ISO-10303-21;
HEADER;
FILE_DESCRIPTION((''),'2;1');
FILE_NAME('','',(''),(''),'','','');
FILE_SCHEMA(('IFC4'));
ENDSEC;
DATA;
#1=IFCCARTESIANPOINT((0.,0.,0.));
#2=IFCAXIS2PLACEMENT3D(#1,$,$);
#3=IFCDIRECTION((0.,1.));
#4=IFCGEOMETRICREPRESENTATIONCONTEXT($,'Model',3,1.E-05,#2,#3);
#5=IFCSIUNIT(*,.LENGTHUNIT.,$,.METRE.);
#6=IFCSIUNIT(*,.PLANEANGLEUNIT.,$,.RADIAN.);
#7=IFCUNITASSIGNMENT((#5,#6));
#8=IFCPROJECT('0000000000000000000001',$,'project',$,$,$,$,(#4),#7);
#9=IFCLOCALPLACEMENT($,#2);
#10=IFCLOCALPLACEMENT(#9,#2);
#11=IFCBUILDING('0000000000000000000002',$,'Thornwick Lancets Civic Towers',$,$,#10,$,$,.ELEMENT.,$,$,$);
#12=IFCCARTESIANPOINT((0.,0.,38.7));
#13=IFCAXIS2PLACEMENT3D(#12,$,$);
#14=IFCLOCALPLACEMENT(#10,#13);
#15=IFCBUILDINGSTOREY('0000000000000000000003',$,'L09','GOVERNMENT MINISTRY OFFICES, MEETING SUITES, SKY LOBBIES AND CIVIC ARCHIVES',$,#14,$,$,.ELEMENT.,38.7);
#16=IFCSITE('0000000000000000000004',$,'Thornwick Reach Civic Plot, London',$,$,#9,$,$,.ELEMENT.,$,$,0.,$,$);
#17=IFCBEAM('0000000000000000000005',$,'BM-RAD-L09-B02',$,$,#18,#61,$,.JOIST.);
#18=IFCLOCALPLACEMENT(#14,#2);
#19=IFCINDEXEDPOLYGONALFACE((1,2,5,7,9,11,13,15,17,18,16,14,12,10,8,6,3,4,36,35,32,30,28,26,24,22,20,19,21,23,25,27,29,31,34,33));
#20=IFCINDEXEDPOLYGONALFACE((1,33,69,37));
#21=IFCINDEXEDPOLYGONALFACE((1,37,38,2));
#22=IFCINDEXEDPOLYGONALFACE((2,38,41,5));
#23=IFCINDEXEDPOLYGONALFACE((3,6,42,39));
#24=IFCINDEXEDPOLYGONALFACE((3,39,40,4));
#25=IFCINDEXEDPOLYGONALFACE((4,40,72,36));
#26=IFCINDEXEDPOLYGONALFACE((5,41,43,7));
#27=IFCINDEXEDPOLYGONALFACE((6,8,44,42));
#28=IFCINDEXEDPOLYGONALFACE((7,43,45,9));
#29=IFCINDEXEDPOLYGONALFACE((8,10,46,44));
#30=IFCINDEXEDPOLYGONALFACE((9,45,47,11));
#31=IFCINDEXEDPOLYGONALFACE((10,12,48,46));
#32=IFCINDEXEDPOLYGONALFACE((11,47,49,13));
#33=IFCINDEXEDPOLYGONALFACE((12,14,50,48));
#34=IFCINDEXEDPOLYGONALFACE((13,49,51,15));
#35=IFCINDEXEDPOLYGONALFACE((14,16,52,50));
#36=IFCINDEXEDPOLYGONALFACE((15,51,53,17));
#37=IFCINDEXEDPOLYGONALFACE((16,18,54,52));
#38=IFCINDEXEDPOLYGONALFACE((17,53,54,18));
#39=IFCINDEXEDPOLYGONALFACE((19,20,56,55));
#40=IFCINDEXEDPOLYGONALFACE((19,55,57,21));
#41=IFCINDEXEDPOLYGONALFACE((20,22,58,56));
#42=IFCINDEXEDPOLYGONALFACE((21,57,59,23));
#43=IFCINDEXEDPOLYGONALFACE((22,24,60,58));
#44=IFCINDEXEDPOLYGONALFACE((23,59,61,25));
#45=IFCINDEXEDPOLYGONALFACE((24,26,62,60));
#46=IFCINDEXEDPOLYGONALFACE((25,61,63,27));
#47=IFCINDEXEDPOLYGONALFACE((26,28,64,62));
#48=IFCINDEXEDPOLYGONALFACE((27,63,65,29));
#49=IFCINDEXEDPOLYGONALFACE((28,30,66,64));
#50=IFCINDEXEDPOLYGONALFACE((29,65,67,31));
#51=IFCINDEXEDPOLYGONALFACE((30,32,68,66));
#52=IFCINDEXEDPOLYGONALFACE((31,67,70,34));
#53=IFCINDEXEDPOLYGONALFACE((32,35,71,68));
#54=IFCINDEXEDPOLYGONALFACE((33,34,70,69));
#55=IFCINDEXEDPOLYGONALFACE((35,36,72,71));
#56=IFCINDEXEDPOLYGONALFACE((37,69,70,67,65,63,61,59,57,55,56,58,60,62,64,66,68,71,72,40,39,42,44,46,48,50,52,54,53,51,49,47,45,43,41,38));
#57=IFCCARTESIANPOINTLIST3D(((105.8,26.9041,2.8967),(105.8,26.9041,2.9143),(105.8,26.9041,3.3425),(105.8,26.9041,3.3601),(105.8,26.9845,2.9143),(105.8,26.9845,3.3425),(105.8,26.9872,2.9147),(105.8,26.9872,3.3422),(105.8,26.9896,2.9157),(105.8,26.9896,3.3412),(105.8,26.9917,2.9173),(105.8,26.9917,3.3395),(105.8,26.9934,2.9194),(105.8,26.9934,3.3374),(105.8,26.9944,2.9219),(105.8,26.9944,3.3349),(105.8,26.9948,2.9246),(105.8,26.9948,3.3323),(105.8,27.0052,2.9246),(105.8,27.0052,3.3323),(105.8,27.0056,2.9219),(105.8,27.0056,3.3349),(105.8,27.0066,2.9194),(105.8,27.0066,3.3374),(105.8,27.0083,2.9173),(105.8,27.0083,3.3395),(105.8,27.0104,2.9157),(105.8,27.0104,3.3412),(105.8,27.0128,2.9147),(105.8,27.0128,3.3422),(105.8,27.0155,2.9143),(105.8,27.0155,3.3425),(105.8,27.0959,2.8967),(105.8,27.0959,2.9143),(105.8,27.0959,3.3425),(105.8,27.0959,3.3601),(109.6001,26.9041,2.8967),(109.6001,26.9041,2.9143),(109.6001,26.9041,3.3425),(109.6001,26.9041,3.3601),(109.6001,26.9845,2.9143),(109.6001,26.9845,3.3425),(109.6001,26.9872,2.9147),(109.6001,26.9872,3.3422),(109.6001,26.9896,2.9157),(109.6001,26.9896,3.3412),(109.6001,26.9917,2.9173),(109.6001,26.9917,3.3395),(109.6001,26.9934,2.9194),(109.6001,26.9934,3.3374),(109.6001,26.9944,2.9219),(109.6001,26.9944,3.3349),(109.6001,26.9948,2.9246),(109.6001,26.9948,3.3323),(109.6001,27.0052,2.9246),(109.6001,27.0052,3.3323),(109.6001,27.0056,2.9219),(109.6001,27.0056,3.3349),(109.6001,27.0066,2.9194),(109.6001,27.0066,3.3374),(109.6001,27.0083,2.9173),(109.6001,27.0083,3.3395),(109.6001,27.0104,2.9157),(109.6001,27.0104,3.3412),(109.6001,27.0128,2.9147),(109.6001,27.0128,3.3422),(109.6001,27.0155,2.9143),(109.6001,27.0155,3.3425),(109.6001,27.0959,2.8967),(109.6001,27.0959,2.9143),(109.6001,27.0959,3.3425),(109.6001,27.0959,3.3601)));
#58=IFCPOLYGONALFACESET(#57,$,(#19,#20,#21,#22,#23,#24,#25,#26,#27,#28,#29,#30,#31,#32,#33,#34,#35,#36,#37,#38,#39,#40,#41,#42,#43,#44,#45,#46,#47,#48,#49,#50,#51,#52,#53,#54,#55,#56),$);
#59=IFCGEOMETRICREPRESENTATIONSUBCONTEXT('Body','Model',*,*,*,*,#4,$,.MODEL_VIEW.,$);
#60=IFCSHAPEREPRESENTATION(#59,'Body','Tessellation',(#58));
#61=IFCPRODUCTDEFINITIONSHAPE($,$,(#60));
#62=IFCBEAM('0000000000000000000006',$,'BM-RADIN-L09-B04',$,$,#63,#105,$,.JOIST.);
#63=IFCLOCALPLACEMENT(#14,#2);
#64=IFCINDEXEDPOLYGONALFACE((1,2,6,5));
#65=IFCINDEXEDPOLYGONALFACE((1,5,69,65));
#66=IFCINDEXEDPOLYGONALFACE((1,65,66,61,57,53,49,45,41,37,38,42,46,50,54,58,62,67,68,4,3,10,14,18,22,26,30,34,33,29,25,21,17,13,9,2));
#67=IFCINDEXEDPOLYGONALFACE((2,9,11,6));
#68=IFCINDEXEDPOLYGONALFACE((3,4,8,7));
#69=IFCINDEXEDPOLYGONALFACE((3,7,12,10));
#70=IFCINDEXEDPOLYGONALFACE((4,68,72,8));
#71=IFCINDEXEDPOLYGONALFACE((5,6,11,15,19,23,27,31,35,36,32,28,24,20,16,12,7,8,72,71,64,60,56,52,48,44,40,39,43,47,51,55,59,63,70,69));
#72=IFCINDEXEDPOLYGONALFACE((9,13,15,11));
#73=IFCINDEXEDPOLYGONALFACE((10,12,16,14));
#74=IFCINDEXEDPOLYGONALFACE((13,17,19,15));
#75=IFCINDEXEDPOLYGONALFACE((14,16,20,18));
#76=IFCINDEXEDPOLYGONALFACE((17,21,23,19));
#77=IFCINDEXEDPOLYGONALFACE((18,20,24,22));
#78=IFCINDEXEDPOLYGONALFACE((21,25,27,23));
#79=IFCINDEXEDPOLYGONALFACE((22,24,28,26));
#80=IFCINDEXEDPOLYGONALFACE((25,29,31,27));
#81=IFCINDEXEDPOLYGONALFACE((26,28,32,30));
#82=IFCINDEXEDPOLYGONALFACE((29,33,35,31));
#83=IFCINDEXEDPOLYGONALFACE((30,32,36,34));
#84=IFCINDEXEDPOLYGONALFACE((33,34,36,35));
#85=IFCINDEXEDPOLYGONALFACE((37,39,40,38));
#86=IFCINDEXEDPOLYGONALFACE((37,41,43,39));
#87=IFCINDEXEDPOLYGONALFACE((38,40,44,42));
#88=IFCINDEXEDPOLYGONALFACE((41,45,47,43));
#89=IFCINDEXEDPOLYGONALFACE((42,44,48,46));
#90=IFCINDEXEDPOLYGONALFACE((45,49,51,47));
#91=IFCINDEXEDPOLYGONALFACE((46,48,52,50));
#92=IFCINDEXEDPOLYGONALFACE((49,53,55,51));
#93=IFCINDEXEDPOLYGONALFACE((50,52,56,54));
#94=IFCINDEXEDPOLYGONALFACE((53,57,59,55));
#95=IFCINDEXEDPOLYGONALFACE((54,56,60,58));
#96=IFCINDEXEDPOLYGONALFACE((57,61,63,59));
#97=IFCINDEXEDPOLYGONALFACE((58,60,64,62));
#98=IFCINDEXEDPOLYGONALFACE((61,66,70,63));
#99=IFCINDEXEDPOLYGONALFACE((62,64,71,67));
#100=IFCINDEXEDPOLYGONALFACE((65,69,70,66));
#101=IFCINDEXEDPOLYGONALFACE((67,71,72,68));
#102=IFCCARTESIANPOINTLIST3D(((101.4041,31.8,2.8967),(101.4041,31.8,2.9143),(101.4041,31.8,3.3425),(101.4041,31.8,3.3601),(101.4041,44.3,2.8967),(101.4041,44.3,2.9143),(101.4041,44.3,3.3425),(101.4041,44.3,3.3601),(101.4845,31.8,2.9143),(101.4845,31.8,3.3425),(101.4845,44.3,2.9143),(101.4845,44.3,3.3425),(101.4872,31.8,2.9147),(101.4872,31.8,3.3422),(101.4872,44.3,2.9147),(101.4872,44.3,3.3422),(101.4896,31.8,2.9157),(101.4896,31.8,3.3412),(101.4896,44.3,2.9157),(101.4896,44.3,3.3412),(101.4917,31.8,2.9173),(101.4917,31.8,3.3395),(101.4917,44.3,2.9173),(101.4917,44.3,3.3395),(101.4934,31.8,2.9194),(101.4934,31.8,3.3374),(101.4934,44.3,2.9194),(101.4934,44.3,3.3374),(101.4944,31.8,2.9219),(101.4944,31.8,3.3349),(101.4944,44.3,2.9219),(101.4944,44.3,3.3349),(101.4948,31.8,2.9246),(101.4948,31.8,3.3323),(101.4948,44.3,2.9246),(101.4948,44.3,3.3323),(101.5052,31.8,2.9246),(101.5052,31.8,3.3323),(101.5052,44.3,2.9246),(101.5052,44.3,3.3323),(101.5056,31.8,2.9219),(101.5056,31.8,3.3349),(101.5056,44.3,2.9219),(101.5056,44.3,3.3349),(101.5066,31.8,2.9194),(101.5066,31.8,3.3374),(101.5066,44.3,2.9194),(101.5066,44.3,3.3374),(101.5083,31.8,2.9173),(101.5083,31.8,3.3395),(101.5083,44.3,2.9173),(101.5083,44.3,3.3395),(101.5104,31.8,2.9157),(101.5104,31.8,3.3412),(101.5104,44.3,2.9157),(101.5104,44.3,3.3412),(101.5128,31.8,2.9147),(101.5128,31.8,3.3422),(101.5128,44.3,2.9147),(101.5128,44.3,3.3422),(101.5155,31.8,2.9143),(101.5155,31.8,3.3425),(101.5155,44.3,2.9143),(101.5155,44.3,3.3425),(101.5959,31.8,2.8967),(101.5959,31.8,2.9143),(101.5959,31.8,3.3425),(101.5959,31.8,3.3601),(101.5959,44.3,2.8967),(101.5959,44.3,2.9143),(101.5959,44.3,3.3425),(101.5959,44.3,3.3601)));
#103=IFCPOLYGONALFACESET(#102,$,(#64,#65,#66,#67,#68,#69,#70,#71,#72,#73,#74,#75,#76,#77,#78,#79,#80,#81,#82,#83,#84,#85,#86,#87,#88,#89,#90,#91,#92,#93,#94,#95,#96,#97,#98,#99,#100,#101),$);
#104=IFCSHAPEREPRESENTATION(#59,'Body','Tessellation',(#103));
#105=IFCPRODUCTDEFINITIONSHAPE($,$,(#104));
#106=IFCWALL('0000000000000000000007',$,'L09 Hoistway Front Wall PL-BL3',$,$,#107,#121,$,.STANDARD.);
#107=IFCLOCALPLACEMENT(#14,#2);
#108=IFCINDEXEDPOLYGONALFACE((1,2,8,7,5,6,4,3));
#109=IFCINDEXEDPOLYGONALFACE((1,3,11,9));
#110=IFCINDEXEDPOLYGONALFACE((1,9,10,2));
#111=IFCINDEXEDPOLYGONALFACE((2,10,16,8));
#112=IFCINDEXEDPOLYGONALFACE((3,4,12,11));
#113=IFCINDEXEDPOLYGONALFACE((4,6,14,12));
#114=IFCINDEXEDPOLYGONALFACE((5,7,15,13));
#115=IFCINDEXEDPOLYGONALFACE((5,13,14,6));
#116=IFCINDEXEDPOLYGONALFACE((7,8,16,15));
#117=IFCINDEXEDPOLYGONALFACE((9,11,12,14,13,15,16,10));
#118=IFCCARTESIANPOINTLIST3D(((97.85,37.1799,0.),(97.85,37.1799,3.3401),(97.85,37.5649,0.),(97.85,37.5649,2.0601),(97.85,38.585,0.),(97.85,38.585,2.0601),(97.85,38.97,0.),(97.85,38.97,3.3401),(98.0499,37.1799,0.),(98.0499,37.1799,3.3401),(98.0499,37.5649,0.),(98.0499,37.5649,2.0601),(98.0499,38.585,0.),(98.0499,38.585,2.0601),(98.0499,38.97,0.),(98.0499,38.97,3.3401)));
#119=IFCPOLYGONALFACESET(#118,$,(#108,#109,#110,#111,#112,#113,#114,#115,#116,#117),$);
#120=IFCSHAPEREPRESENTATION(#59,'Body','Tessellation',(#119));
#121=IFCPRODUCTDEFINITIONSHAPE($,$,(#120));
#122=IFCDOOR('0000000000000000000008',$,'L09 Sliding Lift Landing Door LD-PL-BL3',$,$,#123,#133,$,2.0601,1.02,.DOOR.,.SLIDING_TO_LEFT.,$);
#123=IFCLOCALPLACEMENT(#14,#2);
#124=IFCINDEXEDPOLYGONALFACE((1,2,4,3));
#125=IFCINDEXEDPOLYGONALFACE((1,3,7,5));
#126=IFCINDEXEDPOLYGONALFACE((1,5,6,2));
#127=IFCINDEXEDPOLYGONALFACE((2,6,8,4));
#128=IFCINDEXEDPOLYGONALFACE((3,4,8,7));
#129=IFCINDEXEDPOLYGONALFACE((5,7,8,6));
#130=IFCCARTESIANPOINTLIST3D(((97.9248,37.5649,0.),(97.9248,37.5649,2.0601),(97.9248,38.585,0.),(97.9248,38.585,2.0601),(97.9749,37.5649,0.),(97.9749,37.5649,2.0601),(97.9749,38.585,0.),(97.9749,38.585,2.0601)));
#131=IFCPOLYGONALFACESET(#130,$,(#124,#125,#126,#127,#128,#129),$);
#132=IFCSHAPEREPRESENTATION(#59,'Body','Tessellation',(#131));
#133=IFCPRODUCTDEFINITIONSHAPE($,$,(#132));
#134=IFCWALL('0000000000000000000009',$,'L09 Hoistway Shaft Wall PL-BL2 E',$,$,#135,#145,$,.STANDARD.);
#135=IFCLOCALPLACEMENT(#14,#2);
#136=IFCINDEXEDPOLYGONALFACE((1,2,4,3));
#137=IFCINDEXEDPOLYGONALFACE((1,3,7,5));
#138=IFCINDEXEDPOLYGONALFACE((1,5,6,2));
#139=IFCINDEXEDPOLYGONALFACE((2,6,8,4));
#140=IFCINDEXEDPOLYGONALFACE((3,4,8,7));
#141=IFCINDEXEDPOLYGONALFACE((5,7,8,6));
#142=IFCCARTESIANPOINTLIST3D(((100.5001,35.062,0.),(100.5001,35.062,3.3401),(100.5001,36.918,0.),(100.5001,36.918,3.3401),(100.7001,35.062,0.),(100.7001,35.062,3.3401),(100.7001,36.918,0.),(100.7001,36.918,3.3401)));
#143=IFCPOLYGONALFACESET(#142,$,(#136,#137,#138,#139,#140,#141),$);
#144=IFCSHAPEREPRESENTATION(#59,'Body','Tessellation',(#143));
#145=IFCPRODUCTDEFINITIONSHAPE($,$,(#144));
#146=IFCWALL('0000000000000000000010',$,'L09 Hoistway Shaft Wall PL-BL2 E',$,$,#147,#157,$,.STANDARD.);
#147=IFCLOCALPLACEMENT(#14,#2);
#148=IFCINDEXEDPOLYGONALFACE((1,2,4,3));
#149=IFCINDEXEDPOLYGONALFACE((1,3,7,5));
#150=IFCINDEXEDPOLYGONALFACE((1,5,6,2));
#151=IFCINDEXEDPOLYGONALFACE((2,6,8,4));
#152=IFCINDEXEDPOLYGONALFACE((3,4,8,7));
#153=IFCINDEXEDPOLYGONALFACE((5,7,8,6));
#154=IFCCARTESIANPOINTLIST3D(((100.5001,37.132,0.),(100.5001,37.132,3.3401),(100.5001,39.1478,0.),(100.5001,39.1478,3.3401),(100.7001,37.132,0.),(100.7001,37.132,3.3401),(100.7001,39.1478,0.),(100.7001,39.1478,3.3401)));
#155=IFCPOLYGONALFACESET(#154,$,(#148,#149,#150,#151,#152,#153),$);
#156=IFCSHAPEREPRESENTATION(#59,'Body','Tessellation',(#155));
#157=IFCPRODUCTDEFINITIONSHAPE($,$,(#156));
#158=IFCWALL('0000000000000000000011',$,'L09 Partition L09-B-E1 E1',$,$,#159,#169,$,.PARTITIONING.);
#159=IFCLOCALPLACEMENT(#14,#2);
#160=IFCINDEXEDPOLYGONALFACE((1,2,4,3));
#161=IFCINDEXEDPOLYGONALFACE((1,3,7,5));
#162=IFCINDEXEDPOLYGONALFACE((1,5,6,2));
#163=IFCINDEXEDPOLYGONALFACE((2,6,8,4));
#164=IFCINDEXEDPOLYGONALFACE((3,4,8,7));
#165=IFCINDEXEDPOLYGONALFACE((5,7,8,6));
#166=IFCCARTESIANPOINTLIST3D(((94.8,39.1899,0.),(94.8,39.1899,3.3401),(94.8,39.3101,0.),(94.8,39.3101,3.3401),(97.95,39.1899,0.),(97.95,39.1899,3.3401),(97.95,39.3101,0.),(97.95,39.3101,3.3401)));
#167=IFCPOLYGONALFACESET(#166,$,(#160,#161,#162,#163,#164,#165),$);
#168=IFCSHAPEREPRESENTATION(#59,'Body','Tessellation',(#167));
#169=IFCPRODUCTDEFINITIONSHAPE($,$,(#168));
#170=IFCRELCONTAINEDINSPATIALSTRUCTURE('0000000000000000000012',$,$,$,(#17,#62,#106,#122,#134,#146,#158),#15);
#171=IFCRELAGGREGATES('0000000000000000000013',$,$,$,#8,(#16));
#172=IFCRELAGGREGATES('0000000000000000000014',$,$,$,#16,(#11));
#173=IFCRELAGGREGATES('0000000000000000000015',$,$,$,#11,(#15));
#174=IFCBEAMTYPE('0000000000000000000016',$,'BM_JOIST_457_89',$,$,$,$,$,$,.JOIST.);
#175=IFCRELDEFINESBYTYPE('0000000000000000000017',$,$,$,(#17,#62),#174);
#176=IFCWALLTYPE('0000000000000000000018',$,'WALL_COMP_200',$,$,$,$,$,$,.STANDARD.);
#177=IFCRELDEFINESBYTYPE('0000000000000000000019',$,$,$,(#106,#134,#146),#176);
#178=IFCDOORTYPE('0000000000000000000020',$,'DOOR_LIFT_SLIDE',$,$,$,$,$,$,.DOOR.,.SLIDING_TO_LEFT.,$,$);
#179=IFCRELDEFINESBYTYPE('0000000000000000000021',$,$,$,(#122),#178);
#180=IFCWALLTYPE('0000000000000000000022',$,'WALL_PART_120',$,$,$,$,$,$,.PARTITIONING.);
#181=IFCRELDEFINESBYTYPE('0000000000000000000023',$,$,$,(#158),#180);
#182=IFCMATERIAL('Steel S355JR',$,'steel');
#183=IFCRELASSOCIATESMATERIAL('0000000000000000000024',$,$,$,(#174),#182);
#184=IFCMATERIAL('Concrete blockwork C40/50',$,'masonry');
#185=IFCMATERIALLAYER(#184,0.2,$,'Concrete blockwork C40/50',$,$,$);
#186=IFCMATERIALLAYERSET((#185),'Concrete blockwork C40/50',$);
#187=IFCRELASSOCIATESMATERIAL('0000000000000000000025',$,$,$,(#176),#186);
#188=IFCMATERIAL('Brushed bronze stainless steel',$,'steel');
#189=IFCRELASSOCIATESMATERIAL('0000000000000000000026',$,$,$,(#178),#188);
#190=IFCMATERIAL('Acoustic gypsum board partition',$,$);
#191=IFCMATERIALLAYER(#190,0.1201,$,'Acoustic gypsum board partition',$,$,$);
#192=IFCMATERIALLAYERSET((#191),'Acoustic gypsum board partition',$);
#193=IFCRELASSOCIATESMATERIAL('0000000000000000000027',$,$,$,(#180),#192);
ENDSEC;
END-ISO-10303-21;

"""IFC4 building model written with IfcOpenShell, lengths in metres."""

from ifc_helpers import new_model, si_unit, direction, frame, frame_2d, origin, origin_2d, place, context, subcontext, project, spatial, rectangle, i_section, extrude, material, layer, layer_set, material_profile, profile_set, type_object, element, fill, save


model = new_model("IFC4")

# Units and contexts
model_context = context("Model", 3, precision=1e-05, world=origin(), true_north=direction((0.0, 1.0)))
body_context = subcontext(model_context, "Body", "Model", "MODEL_VIEW")
ifc_project = project(units=[si_unit("LENGTHUNIT", "METRE"), si_unit("PLANEANGLEUNIT", "RADIAN")], contexts=[model_context])

# Site, building, storey
site_placement = place(None, origin())
site = spatial("IfcSite", under=ifc_project, at=site_placement, Name="Thornwick Reach Civic Plot, London", CompositionType="ELEMENT", RefElevation=0.0)
building_placement = place(site_placement, origin())
building = spatial("IfcBuilding", under=site, at=building_placement, Name="Thornwick Lancets Civic Towers", CompositionType="ELEMENT")
storey_placement = place(building_placement, frame((0.0, 0.0, 38.7)))
storey = spatial("IfcBuildingStorey", under=building, at=storey_placement, Name="L09", Description="GOVERNMENT MINISTRY OFFICES, MEETING SUITES, SKY LOBBIES AND CIVIC ARCHIVES", CompositionType="ELEMENT", Elevation=38.7)

# Beams
ifc_material_1 = material(Name="Steel S355JR", Category="steel")
ifc_material_profile_1 = material_profile(ifc_material_1, i_section(OverallWidth=0.1919, OverallDepth=0.4634, WebThickness=0.0105, FlangeThickness=0.0176, FilletRadius=0.0103, at=origin_2d()), Name="UKB 457x191x89")
ifc_profile_set_1 = profile_set([ifc_material_profile_1], Name="Steel S355JR")
beam_type_1 = type_object("IfcBeamType", Name="BM_JOIST_457_89", PredefinedType="JOIST", material=ifc_profile_set_1)
beam_1_placement = place(storey_placement, frame((105.8, 27.0, 3.1284), z_axis=(1.0, 0.0, 0.0), x_axis=(0.0, 1.0, 0.0)))
element("IfcBeam", 1, at=beam_1_placement, inside=storey, type_object=beam_type_1, Name="BM-RAD-L09-B02", PredefinedType="JOIST", context=body_context, shape_type="SweptSolid", body=[
    extrude(i_section(OverallWidth=0.1919, OverallDepth=0.4634, WebThickness=0.0105, FlangeThickness=0.0176, FilletRadius=0.0103, at=origin_2d()), origin(), (0.0, 0.0, 1.0), 3.8),
])
beam_2_placement = place(storey_placement, frame((101.5, 31.8, 3.1284), z_axis=(0.0, 1.0, 0.0), x_axis=(-1.0, 0.0, 0.0)))
element("IfcBeam", 2, at=beam_2_placement, inside=storey, type_object=beam_type_1, Name="BM-RADIN-L09-B04", PredefinedType="JOIST", context=body_context, shape_type="SweptSolid", body=[
    extrude(i_section(OverallWidth=0.1919, OverallDepth=0.4634, WebThickness=0.0105, FlangeThickness=0.0176, FilletRadius=0.0103, at=origin_2d()), origin(), (0.0, 0.0, 1.0), 12.5),
])

# Wall, opening, door
ifc_material_2 = material(Name="Concrete blockwork C40/50", Category="masonry")
ifc_layer_1 = layer(ifc_material_2, 0.2, Name="Concrete blockwork C40/50")
ifc_layer_set_1 = layer_set([ifc_layer_1], Name="Concrete blockwork C40/50")
wall_type_1 = type_object("IfcWallType", Name="WALL_COMP_200", PredefinedType="STANDARD", material=ifc_layer_set_1)
wall_1_placement = place(storey_placement, frame((97.95, 38.97, 0.0), z_axis=(0.0, 0.0, 1.0), x_axis=(0.0, -1.0, 0.0)))
wall_1 = element("IfcWall", 3, at=wall_1_placement, inside=storey, type_object=wall_type_1, Name="L09 Hoistway Front Wall PL-BL3", PredefinedType="STANDARD", context=body_context, shape_type="SweptSolid", body=[
    extrude(rectangle(XDim=1.79, YDim=0.2, at=frame_2d((0.895, 0.0))), origin(), (0.0, 0.0, 1.0), 3.3401),
])
opening_1_placement = place(wall_1_placement, frame((0.385, 0.0, 0.0)))
opening_1 = element("IfcOpeningElement", 4, at=opening_1_placement, cuts=wall_1, PredefinedType="OPENING", context=body_context, shape_type="SweptSolid", body=[
    extrude(rectangle(XDim=1.02, YDim=2.0601, at=frame_2d((0.51, 1.03))), frame((0.0, 0.1099, 0.0), z_axis=(0.0, -1.0, 0.0), x_axis=(1.0, 0.0, 0.0)), (0.0, 0.0, 1.0), 0.22),
])
ifc_material_3 = material(Name="Brushed bronze stainless steel", Category="steel")
door_type_1 = type_object("IfcDoorType", Name="DOOR_LIFT_SLIDE", OperationType="SLIDING_TO_LEFT", PredefinedType="DOOR", material=ifc_material_3)
door_1_placement = place(opening_1_placement, origin())
door_1 = element("IfcDoor", 5, at=door_1_placement, inside=storey, type_object=door_type_1, Name="L09 Sliding Lift Landing Door LD-PL-BL3", OperationType="SLIDING_TO_LEFT", OverallHeight=2.0601, OverallWidth=1.02, PredefinedType="DOOR", context=body_context, shape_type="SweptSolid", body=[
    extrude(rectangle(XDim=1.02, YDim=2.0601, at=frame_2d((0.51, 1.03))), frame((0.0, 0.0249, 0.0), z_axis=(0.0, -1.0, 0.0), x_axis=(1.0, 0.0, 0.0)), (0.0, 0.0, 1.0), 0.05),
])
fill(opening_1, door_1)

# Walls
wall_2_placement = place(storey_placement, frame((100.6001, 35.062, 0.0), z_axis=(0.0, 0.0, 1.0), x_axis=(0.0, 1.0, 0.0)))
element("IfcWall", 6, at=wall_2_placement, inside=storey, type_object=wall_type_1, Name="L09 Hoistway Shaft Wall PL-BL2 E", PredefinedType="STANDARD", context=body_context, shape_type="SweptSolid", body=[
    extrude(rectangle(XDim=1.856, YDim=0.2, at=frame_2d((0.928, 0.0))), origin(), (0.0, 0.0, 1.0), 3.3401),
])
wall_3_placement = place(storey_placement, frame((100.6001, 37.1321, 0.0), z_axis=(0.0, 0.0, 1.0), x_axis=(0.0, 1.0, 0.0)))
element("IfcWall", 7, at=wall_3_placement, inside=storey, type_object=wall_type_1, Name="L09 Hoistway Shaft Wall PL-BL2 E", PredefinedType="STANDARD", context=body_context, shape_type="SweptSolid", body=[
    extrude(rectangle(XDim=2.0159, YDim=0.2, at=frame_2d((1.0078, 0.0))), origin(), (0.0, 0.0, 1.0), 3.3401),
])
ifc_material_4 = material(Name="Acoustic gypsum board partition")
ifc_layer_2 = layer(ifc_material_4, 0.1201, Name="Acoustic gypsum board partition")
ifc_layer_set_2 = layer_set([ifc_layer_2], Name="Acoustic gypsum board partition")
wall_type_2 = type_object("IfcWallType", Name="WALL_PART_120", PredefinedType="PARTITIONING", material=ifc_layer_set_2)
wall_4_placement = place(storey_placement, frame((97.95, 39.25, 0.0), z_axis=(0.0, 0.0, 1.0), x_axis=(-1.0, 0.0, 0.0)))
element("IfcWall", 8, at=wall_4_placement, inside=storey, type_object=wall_type_2, Name="L09 Partition L09-B-E1 E1", PredefinedType="PARTITIONING", context=body_context, shape_type="SweptSolid", body=[
    extrude(rectangle(XDim=3.1499, YDim=0.1201, at=frame_2d((1.575, 0.0))), origin(), (0.0, 0.0, 1.0), 3.3401),
])

save(model, "model.ifc")
